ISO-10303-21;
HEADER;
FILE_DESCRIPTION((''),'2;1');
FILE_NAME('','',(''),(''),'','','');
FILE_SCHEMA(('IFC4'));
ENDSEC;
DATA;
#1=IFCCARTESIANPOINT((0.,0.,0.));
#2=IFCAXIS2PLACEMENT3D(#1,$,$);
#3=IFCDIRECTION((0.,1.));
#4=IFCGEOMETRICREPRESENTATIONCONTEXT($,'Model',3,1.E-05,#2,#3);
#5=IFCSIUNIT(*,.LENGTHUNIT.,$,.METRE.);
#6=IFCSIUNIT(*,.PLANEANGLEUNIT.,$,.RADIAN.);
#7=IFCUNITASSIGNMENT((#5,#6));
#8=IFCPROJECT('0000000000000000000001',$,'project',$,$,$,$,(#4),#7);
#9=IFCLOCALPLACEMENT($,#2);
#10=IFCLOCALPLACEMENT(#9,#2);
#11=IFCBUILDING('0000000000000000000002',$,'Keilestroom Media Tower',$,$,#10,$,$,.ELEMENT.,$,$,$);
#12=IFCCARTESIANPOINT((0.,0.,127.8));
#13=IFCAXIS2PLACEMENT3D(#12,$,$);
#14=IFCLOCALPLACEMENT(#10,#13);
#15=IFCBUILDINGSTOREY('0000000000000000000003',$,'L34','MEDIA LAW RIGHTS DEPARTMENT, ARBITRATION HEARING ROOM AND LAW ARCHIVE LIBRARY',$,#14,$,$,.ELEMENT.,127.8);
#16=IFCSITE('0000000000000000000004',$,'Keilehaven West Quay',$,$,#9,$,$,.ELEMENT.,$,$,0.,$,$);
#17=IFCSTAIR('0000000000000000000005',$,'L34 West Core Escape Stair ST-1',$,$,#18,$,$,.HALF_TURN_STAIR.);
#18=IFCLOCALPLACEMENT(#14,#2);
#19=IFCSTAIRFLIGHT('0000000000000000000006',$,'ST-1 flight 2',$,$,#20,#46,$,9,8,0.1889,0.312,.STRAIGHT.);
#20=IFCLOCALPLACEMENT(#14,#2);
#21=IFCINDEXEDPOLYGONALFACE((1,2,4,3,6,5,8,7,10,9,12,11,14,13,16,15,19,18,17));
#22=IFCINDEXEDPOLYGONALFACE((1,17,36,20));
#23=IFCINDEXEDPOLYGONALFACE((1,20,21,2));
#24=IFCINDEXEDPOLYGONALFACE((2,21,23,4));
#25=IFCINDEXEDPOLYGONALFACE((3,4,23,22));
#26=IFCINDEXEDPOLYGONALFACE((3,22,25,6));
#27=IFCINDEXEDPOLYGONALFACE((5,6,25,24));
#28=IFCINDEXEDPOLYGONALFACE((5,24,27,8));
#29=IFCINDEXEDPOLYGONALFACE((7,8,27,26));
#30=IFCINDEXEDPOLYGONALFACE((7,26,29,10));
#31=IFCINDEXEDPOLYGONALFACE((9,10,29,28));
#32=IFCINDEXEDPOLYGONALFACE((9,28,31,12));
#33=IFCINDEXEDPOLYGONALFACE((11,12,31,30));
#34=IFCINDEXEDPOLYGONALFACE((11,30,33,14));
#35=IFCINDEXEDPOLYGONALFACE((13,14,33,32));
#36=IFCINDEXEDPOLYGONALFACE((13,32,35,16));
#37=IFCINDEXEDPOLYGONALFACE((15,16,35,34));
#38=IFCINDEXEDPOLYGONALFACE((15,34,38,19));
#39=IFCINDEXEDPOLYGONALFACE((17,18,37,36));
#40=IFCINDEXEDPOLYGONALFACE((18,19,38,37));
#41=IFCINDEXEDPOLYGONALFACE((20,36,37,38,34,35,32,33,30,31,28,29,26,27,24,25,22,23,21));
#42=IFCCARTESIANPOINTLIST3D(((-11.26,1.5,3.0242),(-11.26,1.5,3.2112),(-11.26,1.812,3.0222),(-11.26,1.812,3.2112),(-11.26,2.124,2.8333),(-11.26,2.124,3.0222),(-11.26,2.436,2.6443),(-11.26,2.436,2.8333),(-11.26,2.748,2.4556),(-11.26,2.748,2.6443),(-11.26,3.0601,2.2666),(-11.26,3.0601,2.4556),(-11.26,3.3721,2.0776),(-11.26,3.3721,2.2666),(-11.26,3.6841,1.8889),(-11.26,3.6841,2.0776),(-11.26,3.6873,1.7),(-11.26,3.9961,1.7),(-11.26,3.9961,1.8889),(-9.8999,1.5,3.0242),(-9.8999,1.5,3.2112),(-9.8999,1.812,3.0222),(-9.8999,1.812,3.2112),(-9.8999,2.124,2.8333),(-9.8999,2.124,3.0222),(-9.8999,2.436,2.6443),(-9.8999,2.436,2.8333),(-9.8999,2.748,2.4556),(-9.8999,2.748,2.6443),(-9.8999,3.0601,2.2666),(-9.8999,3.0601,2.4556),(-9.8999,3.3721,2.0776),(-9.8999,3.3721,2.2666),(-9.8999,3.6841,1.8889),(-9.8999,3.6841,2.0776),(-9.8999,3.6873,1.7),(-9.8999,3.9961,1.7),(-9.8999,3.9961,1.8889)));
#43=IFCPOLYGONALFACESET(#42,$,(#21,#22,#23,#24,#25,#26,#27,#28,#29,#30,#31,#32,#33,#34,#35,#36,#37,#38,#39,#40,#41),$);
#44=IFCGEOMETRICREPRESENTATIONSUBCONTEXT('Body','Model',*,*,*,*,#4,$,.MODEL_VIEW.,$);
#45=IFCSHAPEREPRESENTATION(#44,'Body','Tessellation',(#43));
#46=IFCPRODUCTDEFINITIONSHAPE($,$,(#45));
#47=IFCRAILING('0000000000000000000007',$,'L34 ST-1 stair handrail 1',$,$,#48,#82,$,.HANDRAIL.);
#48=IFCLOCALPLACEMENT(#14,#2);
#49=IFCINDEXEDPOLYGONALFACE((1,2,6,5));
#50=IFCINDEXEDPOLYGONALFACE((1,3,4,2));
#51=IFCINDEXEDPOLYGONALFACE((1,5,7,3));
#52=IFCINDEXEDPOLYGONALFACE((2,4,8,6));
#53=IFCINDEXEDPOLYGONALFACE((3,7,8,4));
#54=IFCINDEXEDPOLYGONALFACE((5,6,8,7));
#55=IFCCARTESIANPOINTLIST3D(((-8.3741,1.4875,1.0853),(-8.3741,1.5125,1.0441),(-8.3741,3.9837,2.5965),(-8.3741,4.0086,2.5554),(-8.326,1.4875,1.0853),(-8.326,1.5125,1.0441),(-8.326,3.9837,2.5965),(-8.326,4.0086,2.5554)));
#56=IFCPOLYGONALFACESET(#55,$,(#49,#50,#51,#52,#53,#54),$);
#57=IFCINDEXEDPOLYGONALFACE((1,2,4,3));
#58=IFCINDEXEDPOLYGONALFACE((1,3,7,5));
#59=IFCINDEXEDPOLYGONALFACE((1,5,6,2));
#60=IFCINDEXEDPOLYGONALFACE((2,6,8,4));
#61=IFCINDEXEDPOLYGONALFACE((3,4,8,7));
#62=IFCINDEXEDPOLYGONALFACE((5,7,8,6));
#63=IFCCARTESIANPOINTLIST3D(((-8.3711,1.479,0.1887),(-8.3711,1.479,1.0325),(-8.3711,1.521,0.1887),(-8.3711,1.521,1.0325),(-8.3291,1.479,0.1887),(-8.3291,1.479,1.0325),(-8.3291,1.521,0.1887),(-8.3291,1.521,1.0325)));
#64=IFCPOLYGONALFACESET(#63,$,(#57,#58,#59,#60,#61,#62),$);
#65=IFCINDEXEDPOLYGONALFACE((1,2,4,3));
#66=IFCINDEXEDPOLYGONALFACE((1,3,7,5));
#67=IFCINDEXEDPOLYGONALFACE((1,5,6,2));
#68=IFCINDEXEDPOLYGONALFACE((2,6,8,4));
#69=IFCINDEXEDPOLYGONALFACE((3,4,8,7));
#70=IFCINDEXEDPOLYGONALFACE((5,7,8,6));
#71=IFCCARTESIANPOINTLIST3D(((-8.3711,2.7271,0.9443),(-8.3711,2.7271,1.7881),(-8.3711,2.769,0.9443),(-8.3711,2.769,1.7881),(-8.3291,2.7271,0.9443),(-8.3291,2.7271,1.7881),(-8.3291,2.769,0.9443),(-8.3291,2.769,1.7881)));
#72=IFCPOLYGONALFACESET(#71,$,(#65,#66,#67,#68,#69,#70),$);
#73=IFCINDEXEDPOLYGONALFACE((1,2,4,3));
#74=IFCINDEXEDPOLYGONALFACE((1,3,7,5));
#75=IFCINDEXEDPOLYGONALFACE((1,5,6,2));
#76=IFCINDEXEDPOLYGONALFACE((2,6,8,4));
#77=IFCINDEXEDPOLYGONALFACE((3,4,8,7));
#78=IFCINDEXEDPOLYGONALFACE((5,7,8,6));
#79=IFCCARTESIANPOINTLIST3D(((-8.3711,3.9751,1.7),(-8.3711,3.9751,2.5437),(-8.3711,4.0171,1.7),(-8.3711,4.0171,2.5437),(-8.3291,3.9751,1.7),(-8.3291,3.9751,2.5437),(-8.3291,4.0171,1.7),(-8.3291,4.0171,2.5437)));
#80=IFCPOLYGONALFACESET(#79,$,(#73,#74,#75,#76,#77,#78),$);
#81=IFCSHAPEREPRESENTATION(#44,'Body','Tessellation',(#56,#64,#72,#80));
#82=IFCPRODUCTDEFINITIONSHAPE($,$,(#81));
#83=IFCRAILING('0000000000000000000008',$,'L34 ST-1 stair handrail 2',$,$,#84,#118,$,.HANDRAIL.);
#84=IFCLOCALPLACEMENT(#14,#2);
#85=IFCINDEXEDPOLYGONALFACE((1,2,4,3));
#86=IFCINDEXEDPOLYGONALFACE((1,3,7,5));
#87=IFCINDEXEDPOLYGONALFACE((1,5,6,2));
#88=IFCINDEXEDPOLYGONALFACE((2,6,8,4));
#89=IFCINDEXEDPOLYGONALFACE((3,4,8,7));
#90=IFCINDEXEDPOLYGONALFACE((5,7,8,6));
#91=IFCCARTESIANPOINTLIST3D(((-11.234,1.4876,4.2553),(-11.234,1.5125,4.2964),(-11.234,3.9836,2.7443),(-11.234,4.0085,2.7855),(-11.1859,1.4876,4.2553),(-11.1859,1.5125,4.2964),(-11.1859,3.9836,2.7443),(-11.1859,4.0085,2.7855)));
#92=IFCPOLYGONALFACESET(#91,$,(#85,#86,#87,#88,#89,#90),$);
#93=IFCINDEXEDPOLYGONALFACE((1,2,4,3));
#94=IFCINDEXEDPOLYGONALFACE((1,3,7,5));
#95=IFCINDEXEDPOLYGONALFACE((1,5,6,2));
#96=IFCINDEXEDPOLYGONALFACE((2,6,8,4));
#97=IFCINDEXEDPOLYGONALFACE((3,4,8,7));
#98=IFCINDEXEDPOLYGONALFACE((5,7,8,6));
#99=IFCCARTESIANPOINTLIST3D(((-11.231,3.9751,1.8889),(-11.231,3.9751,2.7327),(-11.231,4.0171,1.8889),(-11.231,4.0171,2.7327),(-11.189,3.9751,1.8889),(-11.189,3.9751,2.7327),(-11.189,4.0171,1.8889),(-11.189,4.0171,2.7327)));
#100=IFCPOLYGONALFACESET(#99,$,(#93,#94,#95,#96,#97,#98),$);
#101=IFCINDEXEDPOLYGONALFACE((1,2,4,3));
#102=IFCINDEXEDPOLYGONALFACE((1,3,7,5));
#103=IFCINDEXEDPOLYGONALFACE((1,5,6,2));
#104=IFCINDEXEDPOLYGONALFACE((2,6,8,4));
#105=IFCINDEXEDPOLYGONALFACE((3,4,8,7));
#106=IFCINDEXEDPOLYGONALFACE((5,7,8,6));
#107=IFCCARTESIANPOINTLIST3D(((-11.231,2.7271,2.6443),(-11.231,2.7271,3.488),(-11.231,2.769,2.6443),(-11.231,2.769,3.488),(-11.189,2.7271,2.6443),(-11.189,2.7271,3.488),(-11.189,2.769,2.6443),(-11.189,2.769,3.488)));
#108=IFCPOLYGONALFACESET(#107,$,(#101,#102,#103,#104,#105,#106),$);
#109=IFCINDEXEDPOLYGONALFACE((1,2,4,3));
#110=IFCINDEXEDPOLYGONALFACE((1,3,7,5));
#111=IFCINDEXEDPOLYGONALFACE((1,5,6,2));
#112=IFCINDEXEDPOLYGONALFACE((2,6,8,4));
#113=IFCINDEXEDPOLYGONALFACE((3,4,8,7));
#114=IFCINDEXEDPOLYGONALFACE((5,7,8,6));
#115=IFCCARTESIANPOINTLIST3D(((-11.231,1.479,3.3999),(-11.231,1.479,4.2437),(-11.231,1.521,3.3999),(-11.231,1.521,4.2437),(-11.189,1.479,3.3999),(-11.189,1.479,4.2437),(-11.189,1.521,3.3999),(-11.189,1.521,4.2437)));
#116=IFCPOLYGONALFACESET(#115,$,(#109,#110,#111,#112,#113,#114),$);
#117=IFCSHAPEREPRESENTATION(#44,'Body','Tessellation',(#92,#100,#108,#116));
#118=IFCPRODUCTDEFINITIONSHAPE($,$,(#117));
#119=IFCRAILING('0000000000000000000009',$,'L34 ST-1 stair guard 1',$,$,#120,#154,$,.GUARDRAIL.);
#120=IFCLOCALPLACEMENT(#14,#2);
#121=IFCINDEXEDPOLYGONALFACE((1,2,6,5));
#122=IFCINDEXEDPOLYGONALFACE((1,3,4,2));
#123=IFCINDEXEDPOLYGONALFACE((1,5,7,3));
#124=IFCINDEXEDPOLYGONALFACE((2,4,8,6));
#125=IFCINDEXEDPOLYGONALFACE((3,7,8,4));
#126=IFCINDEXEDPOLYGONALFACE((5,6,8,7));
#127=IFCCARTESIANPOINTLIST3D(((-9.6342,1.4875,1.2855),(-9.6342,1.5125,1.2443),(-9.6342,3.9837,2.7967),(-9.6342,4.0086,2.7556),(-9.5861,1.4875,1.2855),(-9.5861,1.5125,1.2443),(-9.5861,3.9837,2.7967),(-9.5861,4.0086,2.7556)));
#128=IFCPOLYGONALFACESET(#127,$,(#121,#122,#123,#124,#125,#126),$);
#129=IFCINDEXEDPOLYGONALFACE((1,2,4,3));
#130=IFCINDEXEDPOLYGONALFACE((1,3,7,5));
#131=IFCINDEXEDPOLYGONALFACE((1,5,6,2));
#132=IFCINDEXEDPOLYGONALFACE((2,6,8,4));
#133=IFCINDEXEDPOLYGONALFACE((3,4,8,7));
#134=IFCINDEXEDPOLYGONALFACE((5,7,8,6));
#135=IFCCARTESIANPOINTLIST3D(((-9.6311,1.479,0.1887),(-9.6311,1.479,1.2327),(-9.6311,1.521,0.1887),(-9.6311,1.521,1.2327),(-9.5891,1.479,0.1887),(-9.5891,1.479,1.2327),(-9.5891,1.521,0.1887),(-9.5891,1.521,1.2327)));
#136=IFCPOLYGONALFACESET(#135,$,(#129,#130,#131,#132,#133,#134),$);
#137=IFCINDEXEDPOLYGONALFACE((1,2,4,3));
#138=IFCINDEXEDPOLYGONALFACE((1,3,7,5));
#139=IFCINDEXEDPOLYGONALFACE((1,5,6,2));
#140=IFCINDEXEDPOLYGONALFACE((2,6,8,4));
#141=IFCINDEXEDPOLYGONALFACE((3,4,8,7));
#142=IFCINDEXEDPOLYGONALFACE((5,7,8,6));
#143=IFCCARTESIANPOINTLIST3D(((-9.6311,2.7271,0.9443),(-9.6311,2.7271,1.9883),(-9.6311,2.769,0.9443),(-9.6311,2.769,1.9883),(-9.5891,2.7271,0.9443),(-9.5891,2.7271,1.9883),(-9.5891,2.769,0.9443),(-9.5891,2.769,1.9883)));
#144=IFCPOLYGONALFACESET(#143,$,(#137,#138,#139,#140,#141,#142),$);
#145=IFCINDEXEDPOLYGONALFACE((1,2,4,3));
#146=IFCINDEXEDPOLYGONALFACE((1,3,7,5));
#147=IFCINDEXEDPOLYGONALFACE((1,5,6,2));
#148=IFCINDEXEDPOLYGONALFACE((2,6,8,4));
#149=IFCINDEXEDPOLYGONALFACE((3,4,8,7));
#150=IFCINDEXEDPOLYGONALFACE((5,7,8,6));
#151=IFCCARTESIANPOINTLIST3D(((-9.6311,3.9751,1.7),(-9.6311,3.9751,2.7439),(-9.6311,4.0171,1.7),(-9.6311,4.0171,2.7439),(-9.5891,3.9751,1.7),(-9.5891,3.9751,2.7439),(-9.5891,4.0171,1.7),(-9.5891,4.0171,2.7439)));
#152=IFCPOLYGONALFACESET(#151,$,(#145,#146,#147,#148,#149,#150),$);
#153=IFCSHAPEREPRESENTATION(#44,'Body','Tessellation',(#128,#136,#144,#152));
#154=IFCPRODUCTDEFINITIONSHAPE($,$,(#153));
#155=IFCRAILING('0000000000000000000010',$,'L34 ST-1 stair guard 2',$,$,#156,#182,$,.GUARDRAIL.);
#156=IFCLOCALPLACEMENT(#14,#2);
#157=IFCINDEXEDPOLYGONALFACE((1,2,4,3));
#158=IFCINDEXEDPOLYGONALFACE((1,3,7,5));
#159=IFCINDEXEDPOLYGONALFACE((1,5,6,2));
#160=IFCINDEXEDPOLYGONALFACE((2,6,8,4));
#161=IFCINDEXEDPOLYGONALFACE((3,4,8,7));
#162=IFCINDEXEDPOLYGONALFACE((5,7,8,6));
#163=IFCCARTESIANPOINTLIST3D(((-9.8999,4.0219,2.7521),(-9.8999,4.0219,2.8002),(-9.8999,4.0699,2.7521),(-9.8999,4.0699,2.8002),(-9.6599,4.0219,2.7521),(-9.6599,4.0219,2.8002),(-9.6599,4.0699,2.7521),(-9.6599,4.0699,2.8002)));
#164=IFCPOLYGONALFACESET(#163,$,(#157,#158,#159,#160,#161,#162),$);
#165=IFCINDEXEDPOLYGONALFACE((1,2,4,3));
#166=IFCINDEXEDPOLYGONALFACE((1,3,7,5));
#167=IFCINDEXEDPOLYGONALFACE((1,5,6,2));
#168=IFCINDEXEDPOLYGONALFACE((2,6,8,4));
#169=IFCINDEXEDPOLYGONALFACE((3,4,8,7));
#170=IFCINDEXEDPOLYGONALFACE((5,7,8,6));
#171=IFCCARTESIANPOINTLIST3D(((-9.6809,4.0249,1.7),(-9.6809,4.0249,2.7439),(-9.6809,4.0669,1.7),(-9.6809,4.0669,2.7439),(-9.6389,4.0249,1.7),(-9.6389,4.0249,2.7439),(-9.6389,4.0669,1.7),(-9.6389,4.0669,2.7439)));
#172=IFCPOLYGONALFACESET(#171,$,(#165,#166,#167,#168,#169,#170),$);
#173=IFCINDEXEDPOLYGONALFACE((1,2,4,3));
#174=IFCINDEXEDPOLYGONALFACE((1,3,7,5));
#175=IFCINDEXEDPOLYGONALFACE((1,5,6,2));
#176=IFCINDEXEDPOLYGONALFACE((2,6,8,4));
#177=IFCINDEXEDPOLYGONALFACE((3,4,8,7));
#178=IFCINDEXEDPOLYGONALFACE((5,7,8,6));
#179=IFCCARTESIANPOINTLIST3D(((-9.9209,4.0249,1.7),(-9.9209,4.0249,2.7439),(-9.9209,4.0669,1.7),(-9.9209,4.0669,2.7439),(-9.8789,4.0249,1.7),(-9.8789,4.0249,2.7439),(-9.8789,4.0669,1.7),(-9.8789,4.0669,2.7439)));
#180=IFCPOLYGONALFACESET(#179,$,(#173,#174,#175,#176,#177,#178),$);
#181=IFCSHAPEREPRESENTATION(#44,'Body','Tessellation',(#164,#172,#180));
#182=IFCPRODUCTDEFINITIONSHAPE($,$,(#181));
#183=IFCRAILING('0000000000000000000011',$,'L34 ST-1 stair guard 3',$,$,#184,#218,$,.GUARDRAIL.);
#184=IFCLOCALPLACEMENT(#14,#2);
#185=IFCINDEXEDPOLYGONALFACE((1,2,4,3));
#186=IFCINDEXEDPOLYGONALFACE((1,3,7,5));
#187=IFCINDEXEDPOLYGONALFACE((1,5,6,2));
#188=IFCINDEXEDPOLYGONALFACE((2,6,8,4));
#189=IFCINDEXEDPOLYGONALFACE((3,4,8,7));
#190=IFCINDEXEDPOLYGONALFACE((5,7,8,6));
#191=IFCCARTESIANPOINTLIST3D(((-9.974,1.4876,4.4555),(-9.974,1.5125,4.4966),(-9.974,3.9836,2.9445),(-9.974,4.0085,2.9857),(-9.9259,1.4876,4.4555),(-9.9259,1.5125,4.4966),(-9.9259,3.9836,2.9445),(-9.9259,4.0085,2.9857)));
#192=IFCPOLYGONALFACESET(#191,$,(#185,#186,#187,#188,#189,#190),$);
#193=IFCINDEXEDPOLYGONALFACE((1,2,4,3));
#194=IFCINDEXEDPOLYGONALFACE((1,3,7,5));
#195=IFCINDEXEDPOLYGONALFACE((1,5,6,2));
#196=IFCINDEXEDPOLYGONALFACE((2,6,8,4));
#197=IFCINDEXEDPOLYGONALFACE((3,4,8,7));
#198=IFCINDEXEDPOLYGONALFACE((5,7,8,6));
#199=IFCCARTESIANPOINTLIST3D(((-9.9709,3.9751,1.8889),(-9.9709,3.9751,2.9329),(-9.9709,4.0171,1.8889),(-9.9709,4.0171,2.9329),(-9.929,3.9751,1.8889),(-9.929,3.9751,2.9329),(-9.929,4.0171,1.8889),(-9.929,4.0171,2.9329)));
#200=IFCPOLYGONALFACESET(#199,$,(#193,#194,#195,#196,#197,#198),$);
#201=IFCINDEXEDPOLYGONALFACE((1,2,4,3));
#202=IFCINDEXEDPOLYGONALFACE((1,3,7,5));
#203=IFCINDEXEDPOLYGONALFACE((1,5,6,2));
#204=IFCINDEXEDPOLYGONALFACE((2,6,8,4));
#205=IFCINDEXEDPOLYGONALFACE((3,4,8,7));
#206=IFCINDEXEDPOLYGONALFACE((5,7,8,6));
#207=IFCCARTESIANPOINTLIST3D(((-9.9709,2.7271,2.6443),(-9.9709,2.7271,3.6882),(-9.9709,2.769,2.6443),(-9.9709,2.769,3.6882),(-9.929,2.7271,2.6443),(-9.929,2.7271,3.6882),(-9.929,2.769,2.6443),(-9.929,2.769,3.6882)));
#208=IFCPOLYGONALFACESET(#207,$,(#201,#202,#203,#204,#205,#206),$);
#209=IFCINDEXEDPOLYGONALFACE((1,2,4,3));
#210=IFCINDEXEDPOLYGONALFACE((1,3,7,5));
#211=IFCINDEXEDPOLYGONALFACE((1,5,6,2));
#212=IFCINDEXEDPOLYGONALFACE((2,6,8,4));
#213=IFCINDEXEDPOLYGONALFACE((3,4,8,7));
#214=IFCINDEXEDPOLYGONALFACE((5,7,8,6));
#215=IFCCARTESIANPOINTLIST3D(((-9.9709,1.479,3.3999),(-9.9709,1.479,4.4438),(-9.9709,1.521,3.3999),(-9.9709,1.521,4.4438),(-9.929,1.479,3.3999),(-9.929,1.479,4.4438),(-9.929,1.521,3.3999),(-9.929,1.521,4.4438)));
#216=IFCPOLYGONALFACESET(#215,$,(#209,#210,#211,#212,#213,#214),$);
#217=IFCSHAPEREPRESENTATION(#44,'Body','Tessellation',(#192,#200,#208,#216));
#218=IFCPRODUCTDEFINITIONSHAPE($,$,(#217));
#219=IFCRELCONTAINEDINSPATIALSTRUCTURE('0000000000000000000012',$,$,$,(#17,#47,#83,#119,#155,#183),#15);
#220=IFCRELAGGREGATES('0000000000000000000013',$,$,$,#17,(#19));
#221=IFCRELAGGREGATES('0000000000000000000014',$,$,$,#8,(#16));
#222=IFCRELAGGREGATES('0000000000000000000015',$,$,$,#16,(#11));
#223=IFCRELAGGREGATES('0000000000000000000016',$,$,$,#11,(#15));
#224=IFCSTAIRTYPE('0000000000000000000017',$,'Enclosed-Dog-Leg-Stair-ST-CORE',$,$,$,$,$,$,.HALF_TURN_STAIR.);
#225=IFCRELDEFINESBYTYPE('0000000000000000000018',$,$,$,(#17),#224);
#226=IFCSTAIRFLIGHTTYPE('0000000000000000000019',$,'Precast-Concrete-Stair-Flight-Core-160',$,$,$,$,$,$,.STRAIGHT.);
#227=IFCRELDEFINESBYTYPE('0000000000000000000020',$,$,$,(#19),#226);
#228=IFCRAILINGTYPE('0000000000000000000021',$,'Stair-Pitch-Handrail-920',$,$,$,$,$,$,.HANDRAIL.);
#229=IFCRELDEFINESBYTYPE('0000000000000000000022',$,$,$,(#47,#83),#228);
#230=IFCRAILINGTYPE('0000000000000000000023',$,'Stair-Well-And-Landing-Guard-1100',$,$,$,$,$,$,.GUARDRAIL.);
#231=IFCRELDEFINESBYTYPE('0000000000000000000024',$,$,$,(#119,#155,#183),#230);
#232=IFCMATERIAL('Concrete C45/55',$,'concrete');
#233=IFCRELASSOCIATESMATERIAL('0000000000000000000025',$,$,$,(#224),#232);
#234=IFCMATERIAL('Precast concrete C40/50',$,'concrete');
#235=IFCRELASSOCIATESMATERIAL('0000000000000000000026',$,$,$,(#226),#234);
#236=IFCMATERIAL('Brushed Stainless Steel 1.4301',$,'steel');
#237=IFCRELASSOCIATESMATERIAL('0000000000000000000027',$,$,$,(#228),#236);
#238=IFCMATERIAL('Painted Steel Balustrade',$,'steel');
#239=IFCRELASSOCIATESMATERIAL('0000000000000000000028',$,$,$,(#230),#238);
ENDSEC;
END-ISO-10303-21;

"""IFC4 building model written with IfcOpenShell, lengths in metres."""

from ifc_helpers import new_model, si_unit, direction, frame, origin, origin_2d, place, context, subcontext, project, spatial, polyline, rectangle, outline, extrude, material, type_object, element, aggregate, save


model = new_model("IFC4")

# Units and contexts
model_context = context("Model", 3, precision=1e-05, world=origin(), true_north=direction((0.0, 1.0)))
body_context = subcontext(model_context, "Body", "Model", "MODEL_VIEW")
ifc_project = project(units=[si_unit("LENGTHUNIT", "METRE"), si_unit("PLANEANGLEUNIT", "RADIAN")], contexts=[model_context])

# Site, building, storey
site_placement = place(None, origin())
site = spatial("IfcSite", under=ifc_project, at=site_placement, Name="Keilehaven West Quay", CompositionType="ELEMENT", RefElevation=0.0)
building_placement = place(site_placement, origin())
building = spatial("IfcBuilding", under=site, at=building_placement, Name="Keilestroom Media Tower", CompositionType="ELEMENT")
storey_placement = place(building_placement, frame((0.0, 0.0, 127.8)))
storey = spatial("IfcBuildingStorey", under=building, at=storey_placement, Name="L34", Description="MEDIA LAW RIGHTS DEPARTMENT, ARBITRATION HEARING ROOM AND LAW ARCHIVE LIBRARY", CompositionType="ELEMENT", Elevation=127.8)

# Stair
ifc_material_1 = material(Name="Concrete C45/55", Category="concrete")
stair_type = type_object("IfcStairType", Name="Enclosed-Dog-Leg-Stair-ST-CORE", PredefinedType="HALF_TURN_STAIR", material=ifc_material_1)
stair_1_placement = place(storey_placement, origin())
stair_1 = element("IfcStair", 1, at=stair_1_placement, inside=storey, type_object=stair_type, Name="L34 West Core Escape Stair ST-1", PredefinedType="HALF_TURN_STAIR")

# Shared definitions
ifc_material_2 = material(Name="Precast concrete C40/50", Category="concrete")

# Stair flight
stair_flight_type = type_object("IfcStairFlightType", Name="Precast-Concrete-Stair-Flight-Core-160", PredefinedType="STRAIGHT", material=ifc_material_2)
stair_flight_1_placement = place(storey_placement, frame((-10.5801, 3.9961, 1.7), z_axis=(0.0, 0.0, 1.0), x_axis=(0.0, -1.0, 0.0)))
stair_flight_1 = element("IfcStairFlight", 2, at=stair_flight_1_placement, type_object=stair_flight_type, Name="ST-1 flight 2", NumberOfRisers=9, NumberOfTreads=8, PredefinedType="STRAIGHT", RiserHeight=0.1889, TreadLength=0.312, context=body_context, shape_type="SweptSolid", body=[
    extrude(outline(polyline([(0.0, 0.0), (0.0, 0.189), (0.312, 0.189), (0.312, 0.3777), (0.624, 0.3777), (0.624, 0.5667), (0.936, 0.5667), (0.936, 0.7556), (1.248, 0.7556), (1.248, 0.9443), (1.5601, 0.9443), (1.5601, 1.1333), (1.8721, 1.1333), (1.8721, 1.3223), (2.1841, 1.3223), (2.1841, 1.5112), (2.4961, 1.5112), (2.4961, 1.7), (2.4961, 1.3242), (0.3088, 0.0), (0.0, 0.0)])), frame((0.0, 0.6802, 0.0), z_axis=(0.0, -1.0, 0.0), x_axis=(1.0, 0.0, 0.0)), (0.0, 0.0, 1.0), 1.3601),
])
aggregate(stair_1, [stair_flight_1])

# Railings
ifc_material_3 = material(Name="Brushed Stainless Steel 1.4301", Category="steel")
railing_type_1 = type_object("IfcRailingType", Name="Stair-Pitch-Handrail-920", PredefinedType="HANDRAIL", material=ifc_material_3)
railing_1_placement = place(storey_placement, frame((-8.3501, 1.5, 0.1887)))
element("IfcRailing", 3, at=railing_1_placement, inside=storey, type_object=railing_type_1, Name="L34 ST-1 stair handrail 1", PredefinedType="HANDRAIL", context=body_context, shape_type="SweptSolid", body=[
    extrude(rectangle(XDim=0.0481, YDim=0.0481, at=origin_2d()), frame((0.0, 0.0, 0.876), z_axis=(0.0, 0.855434, 0.517912), x_axis=(-1.0, 0.0, 0.0)), (0.0, 0.0, 1.0), 2.918),
    extrude(rectangle(XDim=0.042, YDim=0.042, at=origin_2d()), origin(), (0.0, 0.0, 1.0), 0.8438),
    extrude(rectangle(XDim=0.042, YDim=0.042, at=origin_2d()), frame((0.0, 1.248, 0.7556)), (0.0, 0.0, 1.0), 0.8438),
    extrude(rectangle(XDim=0.042, YDim=0.042, at=origin_2d()), frame((0.0, 2.4961, 1.5112)), (0.0, 0.0, 1.0), 0.8438),
])
railing_2_placement = place(storey_placement, frame((-11.21, 3.9961, 1.8889)))
element("IfcRailing", 4, at=railing_2_placement, inside=storey, type_object=railing_type_1, Name="L34 ST-1 stair handrail 2", PredefinedType="HANDRAIL", context=body_context, shape_type="SweptSolid", body=[
    extrude(rectangle(XDim=0.0481, YDim=0.0481, at=origin_2d()), frame((0.0, 0.0, 0.876), z_axis=(0.0, -0.855471, 0.517851), x_axis=(1.0, 0.0, 0.0)), (0.0, 0.0, 1.0), 2.9177),
    extrude(rectangle(XDim=0.042, YDim=0.042, at=origin_2d()), origin(), (0.0, 0.0, 1.0), 0.8438),
    extrude(rectangle(XDim=0.042, YDim=0.042, at=origin_2d()), frame((0.0, -1.248, 0.7554)), (0.0, 0.0, 1.0), 0.8438),
    extrude(rectangle(XDim=0.042, YDim=0.042, at=origin_2d()), frame((0.0, -2.4961, 1.511)), (0.0, 0.0, 1.0), 0.8438),
])
ifc_material_4 = material(Name="Painted Steel Balustrade", Category="steel")
railing_type_2 = type_object("IfcRailingType", Name="Stair-Well-And-Landing-Guard-1100", PredefinedType="GUARDRAIL", material=ifc_material_4)
railing_3_placement = place(storey_placement, frame((-9.6101, 1.5, 0.1887)))
element("IfcRailing", 5, at=railing_3_placement, inside=storey, type_object=railing_type_2, Name="L34 ST-1 stair guard 1", PredefinedType="GUARDRAIL", context=body_context, shape_type="SweptSolid", body=[
    extrude(rectangle(XDim=0.0481, YDim=0.0481, at=origin_2d()), frame((0.0, 0.0, 1.0762), z_axis=(0.0, 0.855434, 0.517912), x_axis=(-1.0, 0.0, 0.0)), (0.0, 0.0, 1.0), 2.918),
    extrude(rectangle(XDim=0.042, YDim=0.042, at=origin_2d()), origin(), (0.0, 0.0, 1.0), 1.0439),
    extrude(rectangle(XDim=0.042, YDim=0.042, at=origin_2d()), frame((0.0, 1.248, 0.7556)), (0.0, 0.0, 1.0), 1.0439),
    extrude(rectangle(XDim=0.042, YDim=0.042, at=origin_2d()), frame((0.0, 2.4961, 1.5112)), (0.0, 0.0, 1.0), 1.0439),
])
railing_4_placement = place(storey_placement, frame((-9.6599, 4.0459, 1.7)))
element("IfcRailing", 6, at=railing_4_placement, inside=storey, type_object=railing_type_2, Name="L34 ST-1 stair guard 2", PredefinedType="GUARDRAIL", context=body_context, shape_type="SweptSolid", body=[
    extrude(rectangle(XDim=0.0481, YDim=0.0481, at=origin_2d()), frame((0.0, 0.0, 1.0762), z_axis=(-1.0, 0.0, 0.0), x_axis=(0.0, -1.0, 0.0)), (0.0, 0.0, 1.0), 0.24),
    extrude(rectangle(XDim=0.042, YDim=0.042, at=origin_2d()), origin(), (0.0, 0.0, 1.0), 1.0439),
    extrude(rectangle(XDim=0.042, YDim=0.042, at=origin_2d()), frame((-0.24, 0.0, 0.0)), (0.0, 0.0, 1.0), 1.0439),
])
railing_5_placement = place(storey_placement, frame((-9.95, 3.9961, 1.8889)))
element("IfcRailing", 7, at=railing_5_placement, inside=storey, type_object=railing_type_2, Name="L34 ST-1 stair guard 3", PredefinedType="GUARDRAIL", context=body_context, shape_type="SweptSolid", body=[
    extrude(rectangle(XDim=0.0481, YDim=0.0481, at=origin_2d()), frame((0.0, 0.0, 1.0762), z_axis=(0.0, -0.855471, 0.517851), x_axis=(1.0, 0.0, 0.0)), (0.0, 0.0, 1.0), 2.9177),
    extrude(rectangle(XDim=0.042, YDim=0.042, at=origin_2d()), origin(), (0.0, 0.0, 1.0), 1.0439),
    extrude(rectangle(XDim=0.042, YDim=0.042, at=origin_2d()), frame((0.0, -1.248, 0.7554)), (0.0, 0.0, 1.0), 1.0439),
    extrude(rectangle(XDim=0.042, YDim=0.042, at=origin_2d()), frame((0.0, -2.4961, 1.511)), (0.0, 0.0, 1.0), 1.0439),
])

save(model, "model.ifc")
